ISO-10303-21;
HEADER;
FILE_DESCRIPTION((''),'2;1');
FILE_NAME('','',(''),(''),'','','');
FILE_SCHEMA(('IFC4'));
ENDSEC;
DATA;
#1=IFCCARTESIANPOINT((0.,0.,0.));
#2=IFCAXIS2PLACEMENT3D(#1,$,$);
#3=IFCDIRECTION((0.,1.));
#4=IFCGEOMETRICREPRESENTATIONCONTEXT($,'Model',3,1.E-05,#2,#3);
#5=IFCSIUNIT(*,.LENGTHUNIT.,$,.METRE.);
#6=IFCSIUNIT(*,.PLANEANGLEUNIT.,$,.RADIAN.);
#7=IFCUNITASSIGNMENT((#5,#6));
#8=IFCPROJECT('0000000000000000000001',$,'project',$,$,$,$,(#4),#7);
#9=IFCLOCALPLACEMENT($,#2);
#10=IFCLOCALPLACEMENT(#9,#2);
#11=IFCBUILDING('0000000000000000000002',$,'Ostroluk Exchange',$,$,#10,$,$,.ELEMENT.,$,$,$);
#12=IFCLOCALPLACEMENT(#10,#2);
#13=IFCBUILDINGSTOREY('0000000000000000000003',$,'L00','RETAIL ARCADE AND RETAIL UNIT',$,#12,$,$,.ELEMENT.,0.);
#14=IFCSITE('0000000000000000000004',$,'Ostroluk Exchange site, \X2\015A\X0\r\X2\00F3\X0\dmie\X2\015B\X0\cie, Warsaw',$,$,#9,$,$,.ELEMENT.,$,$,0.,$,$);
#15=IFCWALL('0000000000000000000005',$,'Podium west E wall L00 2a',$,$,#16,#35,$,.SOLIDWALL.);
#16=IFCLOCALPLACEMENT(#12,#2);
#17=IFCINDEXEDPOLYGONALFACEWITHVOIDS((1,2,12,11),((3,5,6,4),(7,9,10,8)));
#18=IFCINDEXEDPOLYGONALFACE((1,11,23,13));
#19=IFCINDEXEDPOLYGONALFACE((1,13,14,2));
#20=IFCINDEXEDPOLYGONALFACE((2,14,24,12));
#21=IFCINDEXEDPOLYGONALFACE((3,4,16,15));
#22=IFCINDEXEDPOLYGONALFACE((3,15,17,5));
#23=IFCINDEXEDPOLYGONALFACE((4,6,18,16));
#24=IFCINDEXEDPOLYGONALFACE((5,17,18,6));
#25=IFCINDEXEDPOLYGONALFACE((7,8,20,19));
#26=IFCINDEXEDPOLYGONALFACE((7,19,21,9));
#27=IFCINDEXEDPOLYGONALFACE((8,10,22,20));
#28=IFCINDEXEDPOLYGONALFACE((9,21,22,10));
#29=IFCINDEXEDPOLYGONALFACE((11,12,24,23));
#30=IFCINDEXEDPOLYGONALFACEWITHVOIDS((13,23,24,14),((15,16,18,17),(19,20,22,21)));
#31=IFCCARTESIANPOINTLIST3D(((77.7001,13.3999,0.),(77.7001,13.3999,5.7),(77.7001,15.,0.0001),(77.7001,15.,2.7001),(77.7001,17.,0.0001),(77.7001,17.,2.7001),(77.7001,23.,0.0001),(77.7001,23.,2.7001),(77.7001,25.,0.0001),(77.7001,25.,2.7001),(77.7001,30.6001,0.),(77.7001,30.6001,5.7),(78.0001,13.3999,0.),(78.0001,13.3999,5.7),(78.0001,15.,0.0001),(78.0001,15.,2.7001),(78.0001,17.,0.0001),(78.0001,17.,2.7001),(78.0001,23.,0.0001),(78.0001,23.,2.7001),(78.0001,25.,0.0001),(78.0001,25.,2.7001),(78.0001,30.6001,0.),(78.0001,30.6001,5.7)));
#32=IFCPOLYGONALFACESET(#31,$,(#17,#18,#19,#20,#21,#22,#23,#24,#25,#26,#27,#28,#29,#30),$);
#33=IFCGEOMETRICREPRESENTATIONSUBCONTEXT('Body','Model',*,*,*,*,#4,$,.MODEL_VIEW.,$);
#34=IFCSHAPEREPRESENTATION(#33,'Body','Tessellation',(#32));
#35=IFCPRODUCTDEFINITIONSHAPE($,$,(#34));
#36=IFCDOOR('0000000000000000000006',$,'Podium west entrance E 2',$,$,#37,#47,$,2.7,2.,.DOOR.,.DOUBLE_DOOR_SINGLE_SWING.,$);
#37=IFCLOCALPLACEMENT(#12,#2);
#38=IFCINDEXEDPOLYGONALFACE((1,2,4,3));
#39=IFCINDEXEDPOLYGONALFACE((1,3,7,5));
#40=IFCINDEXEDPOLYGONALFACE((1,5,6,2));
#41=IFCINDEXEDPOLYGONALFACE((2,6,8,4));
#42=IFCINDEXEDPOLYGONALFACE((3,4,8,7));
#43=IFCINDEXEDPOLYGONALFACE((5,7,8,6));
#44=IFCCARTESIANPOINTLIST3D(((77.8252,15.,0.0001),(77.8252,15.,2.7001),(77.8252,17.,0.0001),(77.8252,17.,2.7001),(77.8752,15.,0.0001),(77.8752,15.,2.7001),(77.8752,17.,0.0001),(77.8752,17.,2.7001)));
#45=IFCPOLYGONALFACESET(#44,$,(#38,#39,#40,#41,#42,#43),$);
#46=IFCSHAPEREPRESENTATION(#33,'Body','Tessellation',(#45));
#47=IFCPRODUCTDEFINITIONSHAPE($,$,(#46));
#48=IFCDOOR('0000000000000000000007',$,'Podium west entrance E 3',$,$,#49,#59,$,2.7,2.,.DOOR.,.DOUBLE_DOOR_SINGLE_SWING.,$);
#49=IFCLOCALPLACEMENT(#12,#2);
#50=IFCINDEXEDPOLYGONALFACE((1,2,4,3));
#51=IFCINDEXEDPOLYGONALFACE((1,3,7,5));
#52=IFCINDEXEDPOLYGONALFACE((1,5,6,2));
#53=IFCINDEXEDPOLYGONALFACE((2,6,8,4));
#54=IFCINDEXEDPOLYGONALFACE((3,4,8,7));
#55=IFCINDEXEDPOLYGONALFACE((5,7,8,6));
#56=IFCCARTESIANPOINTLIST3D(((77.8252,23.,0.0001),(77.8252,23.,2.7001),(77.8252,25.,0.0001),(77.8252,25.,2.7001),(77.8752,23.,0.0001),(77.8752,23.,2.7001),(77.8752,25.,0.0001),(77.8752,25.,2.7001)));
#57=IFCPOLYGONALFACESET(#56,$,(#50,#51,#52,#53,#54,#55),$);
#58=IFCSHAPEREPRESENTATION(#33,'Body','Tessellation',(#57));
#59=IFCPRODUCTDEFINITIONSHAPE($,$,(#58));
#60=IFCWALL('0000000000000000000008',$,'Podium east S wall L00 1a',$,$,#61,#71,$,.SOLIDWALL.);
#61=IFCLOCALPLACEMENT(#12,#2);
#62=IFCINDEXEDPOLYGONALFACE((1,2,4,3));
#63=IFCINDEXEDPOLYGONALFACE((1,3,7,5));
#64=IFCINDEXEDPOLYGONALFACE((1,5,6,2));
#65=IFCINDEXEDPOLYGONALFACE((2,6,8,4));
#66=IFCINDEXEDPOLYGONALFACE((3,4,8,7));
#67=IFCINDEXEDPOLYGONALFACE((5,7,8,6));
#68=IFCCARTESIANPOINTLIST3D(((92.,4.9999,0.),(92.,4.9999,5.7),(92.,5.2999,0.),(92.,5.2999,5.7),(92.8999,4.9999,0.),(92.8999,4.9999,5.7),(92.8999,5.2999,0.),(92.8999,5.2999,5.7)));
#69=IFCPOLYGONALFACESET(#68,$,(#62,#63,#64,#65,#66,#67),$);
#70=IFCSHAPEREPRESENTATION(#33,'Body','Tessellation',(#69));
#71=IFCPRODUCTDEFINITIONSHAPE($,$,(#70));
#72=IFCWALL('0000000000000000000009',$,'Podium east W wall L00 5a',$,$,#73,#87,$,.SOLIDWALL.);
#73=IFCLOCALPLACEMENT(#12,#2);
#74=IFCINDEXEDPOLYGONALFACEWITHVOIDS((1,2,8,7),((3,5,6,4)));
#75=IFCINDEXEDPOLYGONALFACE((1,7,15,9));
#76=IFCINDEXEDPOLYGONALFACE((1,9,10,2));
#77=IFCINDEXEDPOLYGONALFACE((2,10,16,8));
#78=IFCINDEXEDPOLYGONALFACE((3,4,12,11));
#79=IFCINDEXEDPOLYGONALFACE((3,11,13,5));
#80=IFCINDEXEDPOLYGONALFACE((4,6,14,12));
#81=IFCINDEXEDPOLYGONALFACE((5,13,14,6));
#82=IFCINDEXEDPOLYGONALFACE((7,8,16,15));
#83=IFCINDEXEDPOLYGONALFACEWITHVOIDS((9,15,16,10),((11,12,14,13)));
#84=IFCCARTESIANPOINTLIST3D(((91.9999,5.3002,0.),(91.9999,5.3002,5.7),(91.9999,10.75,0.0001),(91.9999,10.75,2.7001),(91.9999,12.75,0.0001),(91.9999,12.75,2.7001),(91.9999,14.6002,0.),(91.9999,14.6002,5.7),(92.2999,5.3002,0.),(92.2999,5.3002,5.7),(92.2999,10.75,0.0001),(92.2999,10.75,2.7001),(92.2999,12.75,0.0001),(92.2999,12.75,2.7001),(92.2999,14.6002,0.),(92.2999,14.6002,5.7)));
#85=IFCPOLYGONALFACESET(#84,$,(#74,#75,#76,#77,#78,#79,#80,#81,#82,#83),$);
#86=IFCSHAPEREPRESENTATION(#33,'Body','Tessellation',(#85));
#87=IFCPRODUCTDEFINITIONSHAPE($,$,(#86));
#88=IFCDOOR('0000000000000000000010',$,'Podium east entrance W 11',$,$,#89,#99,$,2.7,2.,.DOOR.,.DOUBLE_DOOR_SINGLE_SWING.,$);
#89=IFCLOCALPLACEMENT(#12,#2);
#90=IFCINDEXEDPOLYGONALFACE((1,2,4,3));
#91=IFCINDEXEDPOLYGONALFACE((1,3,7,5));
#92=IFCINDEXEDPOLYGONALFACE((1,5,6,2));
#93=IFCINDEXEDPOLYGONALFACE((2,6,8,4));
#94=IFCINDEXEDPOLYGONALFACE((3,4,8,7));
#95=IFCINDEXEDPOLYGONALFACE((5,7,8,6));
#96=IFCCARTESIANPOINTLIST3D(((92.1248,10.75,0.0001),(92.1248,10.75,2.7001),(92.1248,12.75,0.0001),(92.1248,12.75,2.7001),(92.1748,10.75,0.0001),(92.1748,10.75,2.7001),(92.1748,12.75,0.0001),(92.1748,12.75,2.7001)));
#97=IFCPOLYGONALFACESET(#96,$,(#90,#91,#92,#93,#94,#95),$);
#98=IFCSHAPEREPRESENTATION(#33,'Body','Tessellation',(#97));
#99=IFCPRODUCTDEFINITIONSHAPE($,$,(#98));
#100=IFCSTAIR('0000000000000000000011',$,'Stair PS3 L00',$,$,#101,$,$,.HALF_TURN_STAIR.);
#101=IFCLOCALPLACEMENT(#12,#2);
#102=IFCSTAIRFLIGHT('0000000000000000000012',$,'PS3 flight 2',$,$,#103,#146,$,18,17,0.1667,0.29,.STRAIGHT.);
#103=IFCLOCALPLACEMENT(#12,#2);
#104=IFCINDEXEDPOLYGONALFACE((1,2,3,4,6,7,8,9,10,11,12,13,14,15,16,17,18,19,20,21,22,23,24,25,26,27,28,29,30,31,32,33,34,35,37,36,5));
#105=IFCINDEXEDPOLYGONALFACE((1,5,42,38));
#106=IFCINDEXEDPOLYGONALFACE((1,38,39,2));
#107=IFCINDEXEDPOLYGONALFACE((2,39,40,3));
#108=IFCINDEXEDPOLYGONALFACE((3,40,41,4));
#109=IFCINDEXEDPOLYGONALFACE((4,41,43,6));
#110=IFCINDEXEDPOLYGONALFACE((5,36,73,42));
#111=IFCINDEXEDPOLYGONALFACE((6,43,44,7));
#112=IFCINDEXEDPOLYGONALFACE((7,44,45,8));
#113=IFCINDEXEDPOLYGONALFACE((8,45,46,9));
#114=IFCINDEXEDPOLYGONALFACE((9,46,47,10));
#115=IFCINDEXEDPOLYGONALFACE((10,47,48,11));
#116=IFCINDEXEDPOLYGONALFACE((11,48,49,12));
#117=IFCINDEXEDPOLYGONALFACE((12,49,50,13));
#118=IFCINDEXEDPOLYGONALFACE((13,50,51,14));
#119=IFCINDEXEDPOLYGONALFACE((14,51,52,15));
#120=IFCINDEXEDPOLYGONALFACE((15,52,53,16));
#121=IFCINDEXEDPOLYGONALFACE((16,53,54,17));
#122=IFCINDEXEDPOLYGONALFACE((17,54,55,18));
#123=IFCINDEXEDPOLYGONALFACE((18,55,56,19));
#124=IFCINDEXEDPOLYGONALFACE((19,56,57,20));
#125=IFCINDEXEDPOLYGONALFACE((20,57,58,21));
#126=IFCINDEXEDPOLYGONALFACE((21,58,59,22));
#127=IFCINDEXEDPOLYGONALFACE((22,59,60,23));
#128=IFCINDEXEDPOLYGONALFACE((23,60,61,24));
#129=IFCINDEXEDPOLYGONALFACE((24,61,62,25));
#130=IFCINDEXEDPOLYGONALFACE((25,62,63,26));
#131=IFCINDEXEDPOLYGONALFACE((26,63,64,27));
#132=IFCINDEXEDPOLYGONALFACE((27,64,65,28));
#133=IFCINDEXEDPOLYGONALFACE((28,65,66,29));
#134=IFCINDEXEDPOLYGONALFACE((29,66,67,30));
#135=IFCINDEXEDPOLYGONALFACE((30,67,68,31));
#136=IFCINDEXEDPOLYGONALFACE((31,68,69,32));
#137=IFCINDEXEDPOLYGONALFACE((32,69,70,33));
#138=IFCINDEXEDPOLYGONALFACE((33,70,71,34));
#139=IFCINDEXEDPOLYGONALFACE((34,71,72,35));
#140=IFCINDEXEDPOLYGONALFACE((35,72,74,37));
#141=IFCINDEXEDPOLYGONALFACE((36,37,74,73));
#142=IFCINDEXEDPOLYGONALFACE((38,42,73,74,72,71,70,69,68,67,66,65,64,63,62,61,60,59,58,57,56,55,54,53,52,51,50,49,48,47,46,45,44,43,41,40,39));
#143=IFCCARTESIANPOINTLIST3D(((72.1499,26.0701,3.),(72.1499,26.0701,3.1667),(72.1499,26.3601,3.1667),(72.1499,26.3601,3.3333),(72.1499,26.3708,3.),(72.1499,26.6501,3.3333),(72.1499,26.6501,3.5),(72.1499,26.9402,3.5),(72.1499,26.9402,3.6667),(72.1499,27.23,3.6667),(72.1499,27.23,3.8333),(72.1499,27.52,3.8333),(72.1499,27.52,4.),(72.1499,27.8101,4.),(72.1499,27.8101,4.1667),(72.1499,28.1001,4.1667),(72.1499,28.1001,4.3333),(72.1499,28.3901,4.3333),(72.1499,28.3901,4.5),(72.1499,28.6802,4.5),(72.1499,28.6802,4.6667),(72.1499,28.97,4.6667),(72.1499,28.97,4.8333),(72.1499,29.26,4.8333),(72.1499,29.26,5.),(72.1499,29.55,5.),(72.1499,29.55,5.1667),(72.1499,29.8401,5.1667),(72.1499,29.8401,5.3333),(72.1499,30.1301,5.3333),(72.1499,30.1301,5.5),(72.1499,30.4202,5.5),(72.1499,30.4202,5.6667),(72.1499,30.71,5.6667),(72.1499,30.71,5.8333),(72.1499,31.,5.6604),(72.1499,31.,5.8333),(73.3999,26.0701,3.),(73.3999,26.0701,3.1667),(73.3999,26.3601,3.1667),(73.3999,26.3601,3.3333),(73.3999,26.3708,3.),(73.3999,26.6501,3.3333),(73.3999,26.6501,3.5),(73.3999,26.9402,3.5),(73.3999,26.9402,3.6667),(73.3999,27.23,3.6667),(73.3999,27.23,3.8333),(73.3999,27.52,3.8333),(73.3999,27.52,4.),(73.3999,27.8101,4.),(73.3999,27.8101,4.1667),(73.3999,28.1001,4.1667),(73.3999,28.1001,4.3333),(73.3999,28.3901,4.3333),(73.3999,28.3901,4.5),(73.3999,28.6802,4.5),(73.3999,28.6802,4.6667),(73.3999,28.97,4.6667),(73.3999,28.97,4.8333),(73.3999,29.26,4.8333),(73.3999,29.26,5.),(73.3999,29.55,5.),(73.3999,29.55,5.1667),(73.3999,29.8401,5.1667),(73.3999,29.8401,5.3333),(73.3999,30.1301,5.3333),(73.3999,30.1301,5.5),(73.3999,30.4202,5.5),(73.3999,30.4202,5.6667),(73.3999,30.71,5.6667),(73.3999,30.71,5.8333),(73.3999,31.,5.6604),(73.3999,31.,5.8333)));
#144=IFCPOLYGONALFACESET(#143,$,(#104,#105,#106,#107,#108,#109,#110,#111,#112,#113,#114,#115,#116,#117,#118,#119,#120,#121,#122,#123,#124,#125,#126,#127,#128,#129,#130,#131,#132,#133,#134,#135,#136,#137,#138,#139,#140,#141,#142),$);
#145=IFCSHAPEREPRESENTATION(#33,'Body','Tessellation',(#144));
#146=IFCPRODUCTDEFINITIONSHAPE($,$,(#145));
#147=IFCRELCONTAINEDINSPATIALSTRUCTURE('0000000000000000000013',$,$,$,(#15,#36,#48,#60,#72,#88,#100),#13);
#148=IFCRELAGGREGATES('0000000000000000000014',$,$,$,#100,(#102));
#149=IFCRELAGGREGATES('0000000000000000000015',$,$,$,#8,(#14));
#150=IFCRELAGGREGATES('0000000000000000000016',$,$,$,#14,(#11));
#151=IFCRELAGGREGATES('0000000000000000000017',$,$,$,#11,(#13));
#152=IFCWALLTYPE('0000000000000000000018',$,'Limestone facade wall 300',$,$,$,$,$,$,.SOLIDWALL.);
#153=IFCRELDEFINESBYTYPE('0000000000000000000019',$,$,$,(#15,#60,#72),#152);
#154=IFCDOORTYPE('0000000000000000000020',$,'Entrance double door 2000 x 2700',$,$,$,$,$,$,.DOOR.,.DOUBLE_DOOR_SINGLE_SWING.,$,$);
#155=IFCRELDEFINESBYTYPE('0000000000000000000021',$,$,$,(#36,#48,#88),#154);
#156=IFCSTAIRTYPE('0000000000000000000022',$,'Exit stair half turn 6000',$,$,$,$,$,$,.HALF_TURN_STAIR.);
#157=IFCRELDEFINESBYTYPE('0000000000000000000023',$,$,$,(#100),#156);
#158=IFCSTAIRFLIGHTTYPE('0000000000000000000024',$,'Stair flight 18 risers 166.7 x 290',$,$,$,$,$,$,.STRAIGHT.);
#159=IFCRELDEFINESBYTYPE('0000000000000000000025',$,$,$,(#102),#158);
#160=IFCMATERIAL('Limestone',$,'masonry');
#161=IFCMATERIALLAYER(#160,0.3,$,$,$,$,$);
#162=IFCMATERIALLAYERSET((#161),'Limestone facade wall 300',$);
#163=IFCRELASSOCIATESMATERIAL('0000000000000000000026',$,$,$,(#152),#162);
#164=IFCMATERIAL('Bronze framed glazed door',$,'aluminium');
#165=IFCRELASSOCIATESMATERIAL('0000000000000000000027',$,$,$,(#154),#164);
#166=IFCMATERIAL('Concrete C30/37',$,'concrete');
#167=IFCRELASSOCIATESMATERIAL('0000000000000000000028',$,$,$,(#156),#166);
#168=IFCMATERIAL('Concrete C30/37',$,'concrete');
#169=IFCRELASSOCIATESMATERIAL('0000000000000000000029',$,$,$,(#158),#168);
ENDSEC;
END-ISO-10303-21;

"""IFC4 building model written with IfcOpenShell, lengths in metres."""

from ifc_helpers import new_model, si_unit, direction, frame, frame_2d, origin, place, context, subcontext, project, spatial, polyline, rectangle, outline, extrude, material, layer, layer_set, type_object, element, fill, aggregate, save


model = new_model("IFC4")

# Units and contexts
model_context = context("Model", 3, precision=1e-05, world=origin(), true_north=direction((0.0, 1.0)))
body_context = subcontext(model_context, "Body", "Model", "MODEL_VIEW")
ifc_project = project(units=[si_unit("LENGTHUNIT", "METRE"), si_unit("PLANEANGLEUNIT", "RADIAN")], contexts=[model_context])

# Site, building, storey
site_placement = place(None, origin())
site = spatial("IfcSite", under=ifc_project, at=site_placement, Name="Ostroluk Exchange site, Śródmieście, Warsaw", CompositionType="ELEMENT", RefElevation=0.0)
building_placement = place(site_placement, origin())
building = spatial("IfcBuilding", under=site, at=building_placement, Name="Ostroluk Exchange", CompositionType="ELEMENT")
storey_placement = place(building_placement, origin())
storey = spatial("IfcBuildingStorey", under=building, at=storey_placement, Name="L00", Description="RETAIL ARCADE AND RETAIL UNIT", CompositionType="ELEMENT", Elevation=0.0)

# Shared definitions
ifc_material_1 = material(Name="Limestone", Category="masonry")
ifc_layer_1 = layer(ifc_material_1, 0.3)
ifc_layer_set_1 = layer_set([ifc_layer_1], Name="Limestone facade wall 300")
wall_type_1 = type_object("IfcWallType", Name="Limestone facade wall 300", PredefinedType="SOLIDWALL", material=ifc_layer_set_1)

# Wall, openings, doors
wall_1_placement = place(storey_placement, frame((77.8501, 13.3999, 0.0), z_axis=(0.0, 0.0, 1.0), x_axis=(0.0, 1.0, 0.0)))
wall_1 = element("IfcWall", 1, at=wall_1_placement, inside=storey, type_object=wall_type_1, Name="Podium west E wall L00 2a", PredefinedType="SOLIDWALL", context=body_context, shape_type="SweptSolid", body=[
    extrude(rectangle(XDim=17.2002, YDim=0.3, at=frame_2d((8.6001, 0.0))), origin(), (0.0, 0.0, 1.0), 5.7),
])
opening_1_placement = place(wall_1_placement, frame((1.6001, 0.0, 0.0)))
opening_1 = element("IfcOpeningElement", 2, at=opening_1_placement, cuts=wall_1, PredefinedType="OPENING", context=body_context, shape_type="SweptSolid", body=[
    extrude(rectangle(XDim=2.0, YDim=2.7, at=frame_2d((1.0, 1.3501))), frame((0.0, 0.1599, 0.0), z_axis=(0.0, -1.0, 0.0), x_axis=(1.0, 0.0, 0.0)), (0.0, 0.0, 1.0), 0.3201),
])
opening_2_placement = place(wall_1_placement, frame((9.6001, 0.0, 0.0)))
opening_2 = element("IfcOpeningElement", 3, at=opening_2_placement, cuts=wall_1, PredefinedType="OPENING", context=body_context, shape_type="SweptSolid", body=[
    extrude(rectangle(XDim=2.0, YDim=2.7, at=frame_2d((1.0, 1.3501))), frame((0.0, 0.1599, 0.0), z_axis=(0.0, -1.0, 0.0), x_axis=(1.0, 0.0, 0.0)), (0.0, 0.0, 1.0), 0.3201),
])
ifc_material_2 = material(Name="Bronze framed glazed door", Category="aluminium")
door_type = type_object("IfcDoorType", Name="Entrance double door 2000 x 2700", OperationType="DOUBLE_DOOR_SINGLE_SWING", PredefinedType="DOOR", material=ifc_material_2)
door_1_placement = place(opening_1_placement, origin())
door_1 = element("IfcDoor", 4, at=door_1_placement, inside=storey, type_object=door_type, Name="Podium west entrance E 2", OperationType="DOUBLE_DOOR_SINGLE_SWING", OverallHeight=2.7, OverallWidth=2.0, PredefinedType="DOOR", context=body_context, shape_type="SweptSolid", body=[
    extrude(rectangle(XDim=2.0, YDim=2.7, at=frame_2d((1.0, 1.3501))), frame((0.0, 0.0249, 0.0), z_axis=(0.0, -1.0, 0.0), x_axis=(1.0, 0.0, 0.0)), (0.0, 0.0, 1.0), 0.05),
])
fill(opening_1, door_1)
door_2_placement = place(opening_2_placement, origin())
door_2 = element("IfcDoor", 5, at=door_2_placement, inside=storey, type_object=door_type, Name="Podium west entrance E 3", OperationType="DOUBLE_DOOR_SINGLE_SWING", OverallHeight=2.7, OverallWidth=2.0, PredefinedType="DOOR", context=body_context, shape_type="SweptSolid", body=[
    extrude(rectangle(XDim=2.0, YDim=2.7, at=frame_2d((1.0, 1.3501))), frame((0.0, 0.0249, 0.0), z_axis=(0.0, -1.0, 0.0), x_axis=(1.0, 0.0, 0.0)), (0.0, 0.0, 1.0), 0.05),
])
fill(opening_2, door_2)

# Wall
wall_2_placement = place(storey_placement, frame((92.0, 5.1499, 0.0), z_axis=(0.0, 0.0, 1.0), x_axis=(1.0, 0.0, 0.0)))
element("IfcWall", 6, at=wall_2_placement, inside=storey, type_object=wall_type_1, Name="Podium east S wall L00 1a", PredefinedType="SOLIDWALL", context=body_context, shape_type="SweptSolid", body=[
    extrude(rectangle(XDim=0.8999, YDim=0.3, at=frame_2d((0.45, 0.0))), origin(), (0.0, 0.0, 1.0), 5.7),
])

# Wall, opening, door
wall_3_placement = place(storey_placement, frame((92.1499, 14.6001, 0.0), z_axis=(0.0, 0.0, 1.0), x_axis=(0.0, -1.0, 0.0)))
wall_3 = element("IfcWall", 7, at=wall_3_placement, inside=storey, type_object=wall_type_1, Name="Podium east W wall L00 5a", PredefinedType="SOLIDWALL", context=body_context, shape_type="SweptSolid", body=[
    extrude(rectangle(XDim=9.3, YDim=0.3, at=frame_2d((4.6499, 0.0))), origin(), (0.0, 0.0, 1.0), 5.7),
])
opening_3_placement = place(wall_3_placement, frame((1.8501, 0.0, 0.0)))
opening_3 = element("IfcOpeningElement", 8, at=opening_3_placement, cuts=wall_3, PredefinedType="OPENING", context=body_context, shape_type="SweptSolid", body=[
    extrude(rectangle(XDim=2.0, YDim=2.7, at=frame_2d((1.0, 1.3501))), frame((0.0, 0.1599, 0.0), z_axis=(0.0, -1.0, 0.0), x_axis=(1.0, 0.0, 0.0)), (0.0, 0.0, 1.0), 0.3201),
])
door_3_placement = place(opening_3_placement, origin())
door_3 = element("IfcDoor", 9, at=door_3_placement, inside=storey, type_object=door_type, Name="Podium east entrance W 11", OperationType="DOUBLE_DOOR_SINGLE_SWING", OverallHeight=2.7, OverallWidth=2.0, PredefinedType="DOOR", context=body_context, shape_type="SweptSolid", body=[
    extrude(rectangle(XDim=2.0, YDim=2.7, at=frame_2d((1.0, 1.3501))), frame((0.0, 0.0249, 0.0), z_axis=(0.0, -1.0, 0.0), x_axis=(1.0, 0.0, 0.0)), (0.0, 0.0, 1.0), 0.05),
])
fill(opening_3, door_3)

# Stair, stair flight
ifc_material_3 = material(Name="Concrete C30/37", Category="concrete")
stair_type = type_object("IfcStairType", Name="Exit stair half turn 6000", PredefinedType="HALF_TURN_STAIR", material=ifc_material_3)
stair_placement = place(storey_placement, origin())
stair = element("IfcStair", 10, at=stair_placement, inside=storey, type_object=stair_type, Name="Stair PS3 L00", PredefinedType="HALF_TURN_STAIR")
ifc_material_4 = material(Name="Concrete C30/37", Category="concrete")
stair_flight_type = type_object("IfcStairFlightType", Name="Stair flight 18 risers 166.7 x 290", PredefinedType="STRAIGHT", material=ifc_material_4)
stair_flight_placement = place(storey_placement, frame((72.7749, 26.0701, 3.0), z_axis=(0.0, 0.0, 1.0), x_axis=(0.0, 1.0, 0.0)))
stair_flight = element("IfcStairFlight", 11, at=stair_flight_placement, type_object=stair_flight_type, Name="PS3 flight 2", NumberOfRisers=18, NumberOfTreads=17, PredefinedType="STRAIGHT", RiserHeight=0.1667, TreadLength=0.29, context=body_context, shape_type="SweptSolid", body=[
    extrude(outline(polyline([(0.0, 0.0), (0.0, 0.1667), (0.29, 0.1667), (0.29, 0.3333), (0.5801, 0.3333), (0.5801, 0.5), (0.8701, 0.5), (0.8701, 0.6667), (1.1599, 0.6667), (1.1599, 0.8333), (1.45, 0.8333), (1.45, 1.0), (1.74, 1.0), (1.74, 1.1667), (2.03, 1.1667), (2.03, 1.3333), (2.3201, 1.3333), (2.3201, 1.5), (2.6101, 1.5), (2.6101, 1.6667), (2.8999, 1.6667), (2.8999, 1.8333), (3.1899, 1.8333), (3.1899, 2.0), (3.48, 2.0), (3.48, 2.1667), (3.77, 2.1667), (3.77, 2.3333), (4.0601, 2.3333), (4.0601, 2.5), (4.3501, 2.5), (4.3501, 2.6667), (4.6399, 2.6667), (4.6399, 2.8333), (4.9299, 2.8333), (4.9299, 3.0), (4.9299, 2.6604), (0.3008, 0.0), (0.0, 0.0)])), frame((0.0, 0.625, 0.0), z_axis=(0.0, -1.0, 0.0), x_axis=(1.0, 0.0, 0.0)), (0.0, 0.0, 1.0), 1.25),
])
aggregate(stair, [stair_flight])

save(model, "model.ifc")
